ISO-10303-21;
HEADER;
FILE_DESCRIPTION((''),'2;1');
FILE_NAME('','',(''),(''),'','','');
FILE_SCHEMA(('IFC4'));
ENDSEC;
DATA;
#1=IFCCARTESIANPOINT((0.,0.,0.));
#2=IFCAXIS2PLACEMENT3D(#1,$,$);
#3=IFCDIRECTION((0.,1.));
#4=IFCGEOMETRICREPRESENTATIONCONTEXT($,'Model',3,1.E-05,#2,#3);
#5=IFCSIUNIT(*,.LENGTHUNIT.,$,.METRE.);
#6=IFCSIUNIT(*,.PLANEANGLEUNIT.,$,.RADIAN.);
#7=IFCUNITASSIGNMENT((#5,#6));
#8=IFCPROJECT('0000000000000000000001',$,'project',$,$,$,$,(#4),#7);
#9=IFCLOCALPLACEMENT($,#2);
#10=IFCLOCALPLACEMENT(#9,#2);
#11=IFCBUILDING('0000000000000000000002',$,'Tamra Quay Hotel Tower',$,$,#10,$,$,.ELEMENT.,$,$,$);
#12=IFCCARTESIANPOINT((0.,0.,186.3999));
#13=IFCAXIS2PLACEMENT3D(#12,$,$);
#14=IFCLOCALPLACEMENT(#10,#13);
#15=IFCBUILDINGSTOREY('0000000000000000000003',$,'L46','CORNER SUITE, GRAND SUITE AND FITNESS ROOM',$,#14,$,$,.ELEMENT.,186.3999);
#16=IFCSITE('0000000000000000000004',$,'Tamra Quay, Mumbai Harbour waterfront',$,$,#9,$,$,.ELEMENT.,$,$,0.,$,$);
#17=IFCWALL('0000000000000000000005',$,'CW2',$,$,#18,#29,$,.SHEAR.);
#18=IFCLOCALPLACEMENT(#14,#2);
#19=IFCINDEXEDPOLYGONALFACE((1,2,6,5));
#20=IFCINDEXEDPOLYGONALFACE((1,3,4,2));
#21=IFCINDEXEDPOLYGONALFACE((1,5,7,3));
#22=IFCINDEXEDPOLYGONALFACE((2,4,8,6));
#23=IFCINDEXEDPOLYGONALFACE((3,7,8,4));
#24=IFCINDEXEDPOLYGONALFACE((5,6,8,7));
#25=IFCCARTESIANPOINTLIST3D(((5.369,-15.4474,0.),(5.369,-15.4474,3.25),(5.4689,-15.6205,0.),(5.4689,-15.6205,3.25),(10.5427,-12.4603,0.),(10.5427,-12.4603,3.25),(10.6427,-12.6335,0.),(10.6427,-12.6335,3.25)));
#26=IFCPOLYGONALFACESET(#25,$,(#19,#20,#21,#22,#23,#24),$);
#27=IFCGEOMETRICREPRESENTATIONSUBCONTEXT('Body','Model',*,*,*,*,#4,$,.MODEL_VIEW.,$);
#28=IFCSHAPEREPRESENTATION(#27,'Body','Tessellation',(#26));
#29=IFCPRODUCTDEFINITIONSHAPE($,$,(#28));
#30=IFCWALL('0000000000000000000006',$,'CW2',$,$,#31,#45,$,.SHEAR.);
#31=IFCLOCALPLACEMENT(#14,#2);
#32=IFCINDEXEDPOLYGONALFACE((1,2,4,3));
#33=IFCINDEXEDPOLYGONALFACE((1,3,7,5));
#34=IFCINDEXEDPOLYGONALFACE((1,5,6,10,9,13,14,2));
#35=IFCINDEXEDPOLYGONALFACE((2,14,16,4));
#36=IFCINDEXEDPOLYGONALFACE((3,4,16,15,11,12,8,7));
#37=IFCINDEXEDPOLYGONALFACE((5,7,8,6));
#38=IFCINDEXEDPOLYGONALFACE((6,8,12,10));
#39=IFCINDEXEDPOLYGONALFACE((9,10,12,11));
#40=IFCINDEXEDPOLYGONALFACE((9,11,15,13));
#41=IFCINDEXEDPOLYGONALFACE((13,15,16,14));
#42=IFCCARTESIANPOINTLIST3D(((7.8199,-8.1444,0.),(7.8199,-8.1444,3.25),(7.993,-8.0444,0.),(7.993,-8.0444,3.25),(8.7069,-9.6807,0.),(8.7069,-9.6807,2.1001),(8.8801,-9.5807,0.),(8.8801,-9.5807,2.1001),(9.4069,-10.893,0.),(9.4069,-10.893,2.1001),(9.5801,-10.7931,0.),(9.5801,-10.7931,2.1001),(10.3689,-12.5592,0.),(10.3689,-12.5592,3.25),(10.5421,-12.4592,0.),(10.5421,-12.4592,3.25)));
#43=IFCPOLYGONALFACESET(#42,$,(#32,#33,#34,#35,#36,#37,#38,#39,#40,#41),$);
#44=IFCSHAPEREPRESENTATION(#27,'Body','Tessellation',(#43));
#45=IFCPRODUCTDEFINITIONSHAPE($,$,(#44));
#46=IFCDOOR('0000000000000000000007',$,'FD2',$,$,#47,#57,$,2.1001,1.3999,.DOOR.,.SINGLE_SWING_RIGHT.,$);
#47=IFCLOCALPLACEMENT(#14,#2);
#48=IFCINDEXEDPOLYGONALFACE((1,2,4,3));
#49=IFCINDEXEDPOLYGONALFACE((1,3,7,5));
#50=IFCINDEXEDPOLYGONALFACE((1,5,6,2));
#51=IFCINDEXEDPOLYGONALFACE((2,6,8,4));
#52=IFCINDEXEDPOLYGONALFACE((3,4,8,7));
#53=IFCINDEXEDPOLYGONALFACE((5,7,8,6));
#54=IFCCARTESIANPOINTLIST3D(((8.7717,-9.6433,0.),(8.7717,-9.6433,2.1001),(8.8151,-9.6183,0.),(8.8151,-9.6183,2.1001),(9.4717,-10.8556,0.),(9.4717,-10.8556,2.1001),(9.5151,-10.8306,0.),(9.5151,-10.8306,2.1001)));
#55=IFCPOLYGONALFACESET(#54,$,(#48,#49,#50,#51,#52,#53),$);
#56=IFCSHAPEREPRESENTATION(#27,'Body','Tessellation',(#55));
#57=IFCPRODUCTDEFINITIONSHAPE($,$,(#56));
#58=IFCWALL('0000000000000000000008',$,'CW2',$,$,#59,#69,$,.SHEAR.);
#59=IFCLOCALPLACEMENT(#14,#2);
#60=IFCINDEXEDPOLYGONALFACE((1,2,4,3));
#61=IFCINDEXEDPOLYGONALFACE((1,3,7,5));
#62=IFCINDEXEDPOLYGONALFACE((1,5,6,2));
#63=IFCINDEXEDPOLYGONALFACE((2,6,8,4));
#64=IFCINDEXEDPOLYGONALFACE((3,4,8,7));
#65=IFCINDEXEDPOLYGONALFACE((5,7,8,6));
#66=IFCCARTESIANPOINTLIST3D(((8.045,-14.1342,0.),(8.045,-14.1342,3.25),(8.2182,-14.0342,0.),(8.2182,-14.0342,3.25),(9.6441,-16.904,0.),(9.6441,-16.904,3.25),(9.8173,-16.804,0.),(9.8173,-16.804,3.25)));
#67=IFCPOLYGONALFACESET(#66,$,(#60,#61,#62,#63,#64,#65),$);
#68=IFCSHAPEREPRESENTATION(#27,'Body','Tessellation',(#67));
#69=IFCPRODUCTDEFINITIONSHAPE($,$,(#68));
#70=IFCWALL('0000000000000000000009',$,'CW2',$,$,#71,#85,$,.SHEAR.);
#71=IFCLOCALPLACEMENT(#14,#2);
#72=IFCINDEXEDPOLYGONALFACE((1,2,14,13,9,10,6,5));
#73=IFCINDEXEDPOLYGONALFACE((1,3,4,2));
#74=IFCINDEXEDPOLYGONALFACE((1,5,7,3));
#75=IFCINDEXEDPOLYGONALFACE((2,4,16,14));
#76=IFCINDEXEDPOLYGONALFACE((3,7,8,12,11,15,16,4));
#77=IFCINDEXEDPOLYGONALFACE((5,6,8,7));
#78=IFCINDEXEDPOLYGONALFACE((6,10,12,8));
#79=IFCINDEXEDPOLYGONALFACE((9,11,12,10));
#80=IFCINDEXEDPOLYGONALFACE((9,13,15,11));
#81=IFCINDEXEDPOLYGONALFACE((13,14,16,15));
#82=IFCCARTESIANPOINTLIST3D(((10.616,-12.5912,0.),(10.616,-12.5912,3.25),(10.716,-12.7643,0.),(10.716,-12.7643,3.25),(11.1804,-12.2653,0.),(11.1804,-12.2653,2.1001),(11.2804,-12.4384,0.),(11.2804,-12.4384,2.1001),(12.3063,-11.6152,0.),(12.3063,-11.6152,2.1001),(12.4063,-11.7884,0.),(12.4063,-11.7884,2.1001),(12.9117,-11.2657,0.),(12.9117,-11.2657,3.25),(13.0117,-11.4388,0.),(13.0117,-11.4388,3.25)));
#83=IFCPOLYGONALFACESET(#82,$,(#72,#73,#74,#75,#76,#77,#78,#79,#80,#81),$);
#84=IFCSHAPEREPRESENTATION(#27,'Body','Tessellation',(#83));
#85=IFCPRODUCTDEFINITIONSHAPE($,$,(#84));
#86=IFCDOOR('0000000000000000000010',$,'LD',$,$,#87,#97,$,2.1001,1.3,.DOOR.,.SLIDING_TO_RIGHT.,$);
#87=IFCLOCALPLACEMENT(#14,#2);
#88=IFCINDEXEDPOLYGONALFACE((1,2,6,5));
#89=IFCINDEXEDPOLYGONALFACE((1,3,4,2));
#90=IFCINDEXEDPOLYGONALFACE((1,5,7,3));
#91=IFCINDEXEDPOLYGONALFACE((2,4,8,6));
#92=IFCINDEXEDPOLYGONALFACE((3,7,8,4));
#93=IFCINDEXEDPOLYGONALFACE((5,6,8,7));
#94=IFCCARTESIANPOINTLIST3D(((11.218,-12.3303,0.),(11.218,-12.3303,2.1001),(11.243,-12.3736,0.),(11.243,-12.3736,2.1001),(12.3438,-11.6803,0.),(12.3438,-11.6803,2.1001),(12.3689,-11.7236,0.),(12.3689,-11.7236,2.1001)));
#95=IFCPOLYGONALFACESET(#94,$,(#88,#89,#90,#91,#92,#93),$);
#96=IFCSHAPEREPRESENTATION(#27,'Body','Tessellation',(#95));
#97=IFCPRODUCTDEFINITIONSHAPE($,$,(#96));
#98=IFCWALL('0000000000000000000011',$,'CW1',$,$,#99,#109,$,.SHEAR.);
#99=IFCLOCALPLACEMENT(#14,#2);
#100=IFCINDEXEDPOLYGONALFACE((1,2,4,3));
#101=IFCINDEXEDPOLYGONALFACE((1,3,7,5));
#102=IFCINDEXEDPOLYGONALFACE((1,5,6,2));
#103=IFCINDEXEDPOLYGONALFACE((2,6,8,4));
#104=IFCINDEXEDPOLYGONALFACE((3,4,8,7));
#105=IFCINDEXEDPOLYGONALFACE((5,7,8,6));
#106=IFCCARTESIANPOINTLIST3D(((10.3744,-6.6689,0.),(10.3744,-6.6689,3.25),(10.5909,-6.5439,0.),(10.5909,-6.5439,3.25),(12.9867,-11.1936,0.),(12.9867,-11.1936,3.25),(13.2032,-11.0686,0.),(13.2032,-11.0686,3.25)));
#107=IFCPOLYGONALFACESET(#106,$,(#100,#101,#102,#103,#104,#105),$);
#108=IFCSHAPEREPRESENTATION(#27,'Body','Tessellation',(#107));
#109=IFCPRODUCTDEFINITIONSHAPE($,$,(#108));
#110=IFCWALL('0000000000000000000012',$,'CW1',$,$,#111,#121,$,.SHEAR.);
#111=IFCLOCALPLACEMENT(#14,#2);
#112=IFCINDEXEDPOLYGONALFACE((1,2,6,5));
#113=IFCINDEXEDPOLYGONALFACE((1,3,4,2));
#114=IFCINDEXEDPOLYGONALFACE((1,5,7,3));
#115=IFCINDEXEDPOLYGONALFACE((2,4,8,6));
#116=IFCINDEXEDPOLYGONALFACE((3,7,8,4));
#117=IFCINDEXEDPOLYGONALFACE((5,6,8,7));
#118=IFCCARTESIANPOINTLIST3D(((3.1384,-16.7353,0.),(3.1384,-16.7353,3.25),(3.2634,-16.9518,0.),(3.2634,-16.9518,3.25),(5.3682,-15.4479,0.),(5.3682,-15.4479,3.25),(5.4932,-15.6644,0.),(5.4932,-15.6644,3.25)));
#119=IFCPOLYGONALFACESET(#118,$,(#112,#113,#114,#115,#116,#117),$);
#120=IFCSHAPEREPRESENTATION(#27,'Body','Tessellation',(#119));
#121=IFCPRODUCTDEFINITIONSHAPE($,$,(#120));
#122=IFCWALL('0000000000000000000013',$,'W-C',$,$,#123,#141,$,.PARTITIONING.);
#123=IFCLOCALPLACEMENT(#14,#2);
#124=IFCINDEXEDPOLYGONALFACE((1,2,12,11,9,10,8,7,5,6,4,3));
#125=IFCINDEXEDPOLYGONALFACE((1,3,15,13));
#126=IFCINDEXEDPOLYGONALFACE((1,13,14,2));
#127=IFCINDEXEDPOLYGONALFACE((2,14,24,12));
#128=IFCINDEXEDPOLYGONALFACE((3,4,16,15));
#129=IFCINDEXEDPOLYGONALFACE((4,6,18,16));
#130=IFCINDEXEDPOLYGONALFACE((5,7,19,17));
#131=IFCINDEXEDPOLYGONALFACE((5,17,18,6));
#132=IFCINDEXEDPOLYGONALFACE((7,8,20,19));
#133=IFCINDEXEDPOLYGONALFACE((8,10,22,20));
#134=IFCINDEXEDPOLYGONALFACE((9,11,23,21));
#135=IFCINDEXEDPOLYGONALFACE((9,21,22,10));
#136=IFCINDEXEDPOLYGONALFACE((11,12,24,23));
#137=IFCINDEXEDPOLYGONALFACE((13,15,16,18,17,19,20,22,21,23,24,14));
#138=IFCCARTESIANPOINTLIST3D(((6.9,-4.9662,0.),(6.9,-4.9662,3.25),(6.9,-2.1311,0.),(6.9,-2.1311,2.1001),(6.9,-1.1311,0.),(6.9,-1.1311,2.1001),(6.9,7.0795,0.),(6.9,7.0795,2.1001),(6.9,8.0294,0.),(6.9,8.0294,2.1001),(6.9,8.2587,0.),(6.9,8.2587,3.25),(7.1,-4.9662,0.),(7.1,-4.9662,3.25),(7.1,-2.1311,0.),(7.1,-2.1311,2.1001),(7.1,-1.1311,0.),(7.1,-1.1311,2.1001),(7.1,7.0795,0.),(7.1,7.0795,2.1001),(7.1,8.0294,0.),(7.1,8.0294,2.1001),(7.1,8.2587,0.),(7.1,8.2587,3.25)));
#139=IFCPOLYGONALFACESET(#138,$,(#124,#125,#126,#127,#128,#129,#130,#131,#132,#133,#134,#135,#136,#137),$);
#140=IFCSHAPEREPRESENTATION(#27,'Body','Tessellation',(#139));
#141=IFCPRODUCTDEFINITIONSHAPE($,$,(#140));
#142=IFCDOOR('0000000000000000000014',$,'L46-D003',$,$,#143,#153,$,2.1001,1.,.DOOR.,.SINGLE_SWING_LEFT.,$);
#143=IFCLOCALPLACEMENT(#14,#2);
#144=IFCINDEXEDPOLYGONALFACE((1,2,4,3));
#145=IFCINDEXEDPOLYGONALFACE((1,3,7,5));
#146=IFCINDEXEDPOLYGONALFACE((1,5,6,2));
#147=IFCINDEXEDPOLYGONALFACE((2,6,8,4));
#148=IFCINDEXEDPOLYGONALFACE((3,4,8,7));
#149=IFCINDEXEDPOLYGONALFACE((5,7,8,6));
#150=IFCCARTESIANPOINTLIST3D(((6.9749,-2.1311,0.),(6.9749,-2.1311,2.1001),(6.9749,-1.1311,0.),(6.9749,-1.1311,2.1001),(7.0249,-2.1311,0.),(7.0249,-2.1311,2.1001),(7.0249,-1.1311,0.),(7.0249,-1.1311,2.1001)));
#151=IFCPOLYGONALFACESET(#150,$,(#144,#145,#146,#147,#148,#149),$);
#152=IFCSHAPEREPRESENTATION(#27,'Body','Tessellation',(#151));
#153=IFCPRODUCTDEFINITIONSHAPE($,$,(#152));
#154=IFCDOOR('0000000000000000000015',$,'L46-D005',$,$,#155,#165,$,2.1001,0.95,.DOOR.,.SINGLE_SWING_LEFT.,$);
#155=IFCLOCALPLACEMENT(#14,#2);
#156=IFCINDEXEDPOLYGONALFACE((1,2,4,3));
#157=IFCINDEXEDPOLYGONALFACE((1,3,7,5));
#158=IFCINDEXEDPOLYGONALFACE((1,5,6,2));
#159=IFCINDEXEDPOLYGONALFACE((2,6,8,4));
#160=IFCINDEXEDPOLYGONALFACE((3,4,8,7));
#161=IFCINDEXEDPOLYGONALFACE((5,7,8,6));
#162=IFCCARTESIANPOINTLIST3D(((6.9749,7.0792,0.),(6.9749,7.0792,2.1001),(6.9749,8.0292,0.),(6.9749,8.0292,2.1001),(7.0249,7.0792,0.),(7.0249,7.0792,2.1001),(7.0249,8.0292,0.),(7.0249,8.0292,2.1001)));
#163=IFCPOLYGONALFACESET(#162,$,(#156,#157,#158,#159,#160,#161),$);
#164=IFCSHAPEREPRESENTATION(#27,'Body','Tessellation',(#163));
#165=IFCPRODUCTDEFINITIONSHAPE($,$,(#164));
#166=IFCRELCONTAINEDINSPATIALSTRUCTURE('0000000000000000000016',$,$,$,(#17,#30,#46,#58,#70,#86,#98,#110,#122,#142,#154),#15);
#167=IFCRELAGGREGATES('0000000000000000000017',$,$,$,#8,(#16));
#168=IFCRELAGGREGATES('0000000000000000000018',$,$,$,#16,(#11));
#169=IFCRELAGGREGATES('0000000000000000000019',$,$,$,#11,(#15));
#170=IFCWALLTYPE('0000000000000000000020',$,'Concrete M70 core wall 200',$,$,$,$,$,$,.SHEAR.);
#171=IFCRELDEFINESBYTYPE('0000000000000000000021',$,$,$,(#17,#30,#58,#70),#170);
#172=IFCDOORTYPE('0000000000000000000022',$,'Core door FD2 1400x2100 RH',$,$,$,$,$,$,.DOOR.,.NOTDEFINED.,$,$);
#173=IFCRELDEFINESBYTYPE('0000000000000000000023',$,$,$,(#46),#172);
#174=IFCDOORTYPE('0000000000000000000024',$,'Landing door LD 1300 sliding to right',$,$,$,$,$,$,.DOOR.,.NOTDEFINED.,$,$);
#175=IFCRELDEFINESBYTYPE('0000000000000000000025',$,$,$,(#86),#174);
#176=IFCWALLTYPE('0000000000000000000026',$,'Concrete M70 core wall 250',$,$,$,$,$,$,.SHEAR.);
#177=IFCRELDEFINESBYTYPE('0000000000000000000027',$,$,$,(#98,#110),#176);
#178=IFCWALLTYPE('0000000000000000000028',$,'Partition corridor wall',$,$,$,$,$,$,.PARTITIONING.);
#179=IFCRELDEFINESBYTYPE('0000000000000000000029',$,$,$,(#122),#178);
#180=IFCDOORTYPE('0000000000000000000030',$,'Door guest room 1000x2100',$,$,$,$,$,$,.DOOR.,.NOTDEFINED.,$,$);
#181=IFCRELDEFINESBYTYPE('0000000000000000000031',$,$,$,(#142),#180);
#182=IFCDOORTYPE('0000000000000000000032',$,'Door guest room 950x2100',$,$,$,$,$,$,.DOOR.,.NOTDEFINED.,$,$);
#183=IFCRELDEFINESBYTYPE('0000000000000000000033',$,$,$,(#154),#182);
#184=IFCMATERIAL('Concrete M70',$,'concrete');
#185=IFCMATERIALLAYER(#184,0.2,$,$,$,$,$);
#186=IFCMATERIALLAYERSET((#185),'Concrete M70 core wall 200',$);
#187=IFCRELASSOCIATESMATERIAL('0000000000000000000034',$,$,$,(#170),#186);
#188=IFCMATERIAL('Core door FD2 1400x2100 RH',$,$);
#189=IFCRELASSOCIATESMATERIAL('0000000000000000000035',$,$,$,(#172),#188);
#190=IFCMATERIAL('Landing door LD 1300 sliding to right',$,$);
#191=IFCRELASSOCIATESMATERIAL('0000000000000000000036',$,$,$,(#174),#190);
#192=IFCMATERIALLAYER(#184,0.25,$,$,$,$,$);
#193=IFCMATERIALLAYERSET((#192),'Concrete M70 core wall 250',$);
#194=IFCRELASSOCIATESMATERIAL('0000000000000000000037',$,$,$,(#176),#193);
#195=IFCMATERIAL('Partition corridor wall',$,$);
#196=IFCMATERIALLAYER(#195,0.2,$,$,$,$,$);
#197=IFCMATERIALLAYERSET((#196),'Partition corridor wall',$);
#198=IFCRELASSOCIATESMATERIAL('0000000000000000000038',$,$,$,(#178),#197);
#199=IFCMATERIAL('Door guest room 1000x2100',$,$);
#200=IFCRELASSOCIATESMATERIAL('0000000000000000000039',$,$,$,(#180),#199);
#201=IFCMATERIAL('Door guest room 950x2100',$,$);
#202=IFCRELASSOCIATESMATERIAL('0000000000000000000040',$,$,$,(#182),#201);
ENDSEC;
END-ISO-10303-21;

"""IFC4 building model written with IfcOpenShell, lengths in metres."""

from ifc_helpers import new_model, si_unit, direction, frame, frame_2d, origin, place, context, subcontext, project, spatial, rectangle, extrude, material, layer, layer_set, type_object, element, fill, save


model = new_model("IFC4")

# Units and contexts
model_context = context("Model", 3, precision=1e-05, world=origin(), true_north=direction((0.0, 1.0)))
body_context = subcontext(model_context, "Body", "Model", "MODEL_VIEW")
ifc_project = project(units=[si_unit("LENGTHUNIT", "METRE"), si_unit("PLANEANGLEUNIT", "RADIAN")], contexts=[model_context])

# Site, building, storey
site_placement = place(None, origin())
site = spatial("IfcSite", under=ifc_project, at=site_placement, Name="Tamra Quay, Mumbai Harbour waterfront", CompositionType="ELEMENT", RefElevation=0.0)
building_placement = place(site_placement, origin())
building = spatial("IfcBuilding", under=site, at=building_placement, Name="Tamra Quay Hotel Tower", CompositionType="ELEMENT")
storey_placement = place(building_placement, frame((0.0, 0.0, 186.3999)))
storey = spatial("IfcBuildingStorey", under=building, at=storey_placement, Name="L46", Description="CORNER SUITE, GRAND SUITE AND FITNESS ROOM", CompositionType="ELEMENT", Elevation=186.3999)

# Wall
ifc_material_1 = material(Name="Concrete M70", Category="concrete")
ifc_layer_1 = layer(ifc_material_1, 0.2)
ifc_layer_set_1 = layer_set([ifc_layer_1], Name="Concrete M70 core wall 200")
wall_type_1 = type_object("IfcWallType", Name="Concrete M70 core wall 200", PredefinedType="SHEAR", material=ifc_layer_set_1)
wall_1_placement = place(storey_placement, frame((5.4189, -15.5339, 0.0), z_axis=(0.0, 0.0, 1.0), x_axis=(0.866029, 0.499994, 0.0)))
element("IfcWall", 1, at=wall_1_placement, inside=storey, type_object=wall_type_1, Name="CW2", PredefinedType="SHEAR", context=body_context, shape_type="SweptSolid", body=[
    extrude(rectangle(XDim=5.9741, YDim=0.2, at=frame_2d((2.9871, 0.0))), origin(), (0.0, 0.0, 1.0), 3.25),
])

# Wall, opening, door
wall_2_placement = place(storey_placement, frame((7.9065, -8.0945, 0.0), z_axis=(0.0, 0.0, 1.0), x_axis=(0.500028, -0.866009, 0.0)))
wall_2 = element("IfcWall", 2, at=wall_2_placement, inside=storey, type_object=wall_type_1, Name="CW2", PredefinedType="SHEAR", context=body_context, shape_type="SweptSolid", body=[
    extrude(rectangle(XDim=5.0979, YDim=0.2, at=frame_2d((2.5488, 0.0))), origin(), (0.0, 0.0, 1.0), 3.25),
])
opening_1_placement = place(wall_2_placement, frame((1.7739, 0.0, 0.0)))
opening_1 = element("IfcOpeningElement", 3, at=opening_1_placement, cuts=wall_2, PredefinedType="OPENING", context=body_context, shape_type="SweptSolid", body=[
    extrude(rectangle(XDim=1.3999, YDim=2.1001, at=frame_2d((0.7, 1.05))), frame((0.0, 0.1099, 0.0), z_axis=(0.0, -1.0, 0.0), x_axis=(1.0, 0.0, 0.0)), (0.0, 0.0, 1.0), 0.22),
])
ifc_material_2 = material(Name="Core door FD2 1400x2100 RH")
door_type_1 = type_object("IfcDoorType", Name="Core door FD2 1400x2100 RH", OperationType="NOTDEFINED", PredefinedType="DOOR", material=ifc_material_2)
door_1_placement = place(opening_1_placement, origin())
door_1 = element("IfcDoor", 4, at=door_1_placement, inside=storey, type_object=door_type_1, Name="FD2", OperationType="SINGLE_SWING_RIGHT", OverallHeight=2.1001, OverallWidth=1.3999, PredefinedType="DOOR", context=body_context, shape_type="SweptSolid", body=[
    extrude(rectangle(XDim=1.3999, YDim=2.1001, at=frame_2d((0.7, 1.05))), frame((0.0, 0.0249, 0.0), z_axis=(0.0, -1.0, 0.0), x_axis=(1.0, 0.0, 0.0)), (0.0, 0.0, 1.0), 0.05),
])
fill(opening_1, door_1)

# Wall
wall_3_placement = place(storey_placement, frame((8.1316, -14.0842, 0.0), z_axis=(0.0, 0.0, 1.0), x_axis=(0.499998, -0.866027, 0.0)))
element("IfcWall", 5, at=wall_3_placement, inside=storey, type_object=wall_type_1, Name="CW2", PredefinedType="SHEAR", context=body_context, shape_type="SweptSolid", body=[
    extrude(rectangle(XDim=3.1982, YDim=0.2, at=frame_2d((1.5991, 0.0))), origin(), (0.0, 0.0, 1.0), 3.25),
])

# Wall, opening, door
wall_4_placement = place(storey_placement, frame((10.666, -12.6777, 0.0), z_axis=(0.0, 0.0, 1.0), x_axis=(0.866018, 0.500012, 0.0)))
wall_4 = element("IfcWall", 6, at=wall_4_placement, inside=storey, type_object=wall_type_1, Name="CW2", PredefinedType="SHEAR", context=body_context, shape_type="SweptSolid", body=[
    extrude(rectangle(XDim=2.6509, YDim=0.2, at=frame_2d((1.3254, 0.0))), origin(), (0.0, 0.0, 1.0), 3.25),
])
opening_2_placement = place(wall_4_placement, frame((0.6519, 0.0, 0.0)))
opening_2 = element("IfcOpeningElement", 7, at=opening_2_placement, cuts=wall_4, PredefinedType="OPENING", context=body_context, shape_type="SweptSolid", body=[
    extrude(rectangle(XDim=1.3, YDim=2.1001, at=frame_2d((0.6499, 1.05))), frame((0.0, 0.1099, 0.0), z_axis=(0.0, -1.0, 0.0), x_axis=(1.0, 0.0, 0.0)), (0.0, 0.0, 1.0), 0.22),
])
ifc_material_3 = material(Name="Landing door LD 1300 sliding to right")
door_type_2 = type_object("IfcDoorType", Name="Landing door LD 1300 sliding to right", OperationType="NOTDEFINED", PredefinedType="DOOR", material=ifc_material_3)
door_2_placement = place(opening_2_placement, origin())
door_2 = element("IfcDoor", 8, at=door_2_placement, inside=storey, type_object=door_type_2, Name="LD", OperationType="SLIDING_TO_RIGHT", OverallHeight=2.1001, OverallWidth=1.3, PredefinedType="DOOR", context=body_context, shape_type="SweptSolid", body=[
    extrude(rectangle(XDim=1.3, YDim=2.1001, at=frame_2d((0.6499, 1.05))), frame((0.0, 0.0249, 0.0), z_axis=(0.0, -1.0, 0.0), x_axis=(1.0, 0.0, 0.0)), (0.0, 0.0, 1.0), 0.05),
])
fill(opening_2, door_2)

# Walls
ifc_layer_2 = layer(ifc_material_1, 0.25)
ifc_layer_set_2 = layer_set([ifc_layer_2], Name="Concrete M70 core wall 250")
wall_type_2 = type_object("IfcWallType", Name="Concrete M70 core wall 250", PredefinedType="SHEAR", material=ifc_layer_set_2)
wall_5_placement = place(storey_placement, frame((10.4827, -6.6064, 0.0), z_axis=(0.0, 0.0, 1.0), x_axis=(0.499999, -0.866026, 0.0)))
element("IfcWall", 9, at=wall_5_placement, inside=storey, type_object=wall_type_2, Name="CW1", PredefinedType="SHEAR", context=body_context, shape_type="SweptSolid", body=[
    extrude(rectangle(XDim=5.2246, YDim=0.25, at=frame_2d((2.6123, 0.0))), origin(), (0.0, 0.0, 1.0), 3.25),
])
wall_6_placement = place(storey_placement, frame((5.4307, -15.5562, 0.0), z_axis=(0.0, 0.0, 1.0), x_axis=(-0.866023, -0.500004, 0.0)))
element("IfcWall", 10, at=wall_6_placement, inside=storey, type_object=wall_type_2, Name="CW1", PredefinedType="SHEAR", context=body_context, shape_type="SweptSolid", body=[
    extrude(rectangle(XDim=2.5747, YDim=0.25, at=frame_2d((1.2874, 0.0))), origin(), (0.0, 0.0, 1.0), 3.25),
])

# Wall, openings, doors
ifc_material_4 = material(Name="Partition corridor wall")
ifc_layer_3 = layer(ifc_material_4, 0.2)
ifc_layer_set_3 = layer_set([ifc_layer_3], Name="Partition corridor wall")
wall_type_3 = type_object("IfcWallType", Name="Partition corridor wall", PredefinedType="PARTITIONING", material=ifc_layer_set_3)
wall_7_placement = place(storey_placement, frame((7.0, -4.9661, 0.0), z_axis=(0.0, 0.0, 1.0), x_axis=(0.0, 1.0, 0.0)))
wall_7 = element("IfcWall", 11, at=wall_7_placement, inside=storey, type_object=wall_type_3, Name="W-C", PredefinedType="PARTITIONING", context=body_context, shape_type="SweptSolid", body=[
    extrude(rectangle(XDim=13.2249, YDim=0.2, at=frame_2d((6.6123, 0.0))), origin(), (0.0, 0.0, 1.0), 3.25),
])
opening_3_placement = place(wall_7_placement, frame((2.835, 0.0, 0.0)))
opening_3 = element("IfcOpeningElement", 12, at=opening_3_placement, cuts=wall_7, PredefinedType="OPENING", context=body_context, shape_type="SweptSolid", body=[
    extrude(rectangle(XDim=1.0, YDim=2.1001, at=frame_2d((0.5, 1.05))), frame((0.0, 0.1099, 0.0), z_axis=(0.0, -1.0, 0.0), x_axis=(1.0, 0.0, 0.0)), (0.0, 0.0, 1.0), 0.22),
])
opening_4_placement = place(wall_7_placement, frame((12.0454, 0.0, 0.0)))
opening_4 = element("IfcOpeningElement", 13, at=opening_4_placement, cuts=wall_7, PredefinedType="OPENING", context=body_context, shape_type="SweptSolid", body=[
    extrude(rectangle(XDim=0.95, YDim=2.1001, at=frame_2d((0.4751, 1.05))), frame((0.0, 0.1099, 0.0), z_axis=(0.0, -1.0, 0.0), x_axis=(1.0, 0.0, 0.0)), (0.0, 0.0, 1.0), 0.22),
])
ifc_material_5 = material(Name="Door guest room 1000x2100")
door_type_3 = type_object("IfcDoorType", Name="Door guest room 1000x2100", OperationType="NOTDEFINED", PredefinedType="DOOR", material=ifc_material_5)
door_3_placement = place(opening_3_placement, frame((1.0, 0.0, 0.0), z_axis=(0.0, 0.0, 1.0), x_axis=(-1.0, 0.0, 0.0)))
door_3 = element("IfcDoor", 14, at=door_3_placement, inside=storey, type_object=door_type_3, Name="L46-D003", OperationType="SINGLE_SWING_LEFT", OverallHeight=2.1001, OverallWidth=1.0, PredefinedType="DOOR", context=body_context, shape_type="SweptSolid", body=[
    extrude(rectangle(XDim=1.0, YDim=2.1001, at=frame_2d((0.5, 1.05))), frame((0.0, 0.0249, 0.0), z_axis=(0.0, -1.0, 0.0), x_axis=(1.0, 0.0, 0.0)), (0.0, 0.0, 1.0), 0.05),
])
fill(opening_3, door_3)
ifc_material_6 = material(Name="Door guest room 950x2100")
door_type_4 = type_object("IfcDoorType", Name="Door guest room 950x2100", OperationType="NOTDEFINED", PredefinedType="DOOR", material=ifc_material_6)
door_4_placement = place(opening_4_placement, frame((0.95, 0.0, 0.0), z_axis=(0.0, 0.0, 1.0), x_axis=(-1.0, 0.0, 0.0)))
door_4 = element("IfcDoor", 15, at=door_4_placement, inside=storey, type_object=door_type_4, Name="L46-D005", OperationType="SINGLE_SWING_LEFT", OverallHeight=2.1001, OverallWidth=0.95, PredefinedType="DOOR", context=body_context, shape_type="SweptSolid", body=[
    extrude(rectangle(XDim=0.95, YDim=2.1001, at=frame_2d((0.4751, 1.05))), frame((0.0, 0.0249, 0.0), z_axis=(0.0, -1.0, 0.0), x_axis=(1.0, 0.0, 0.0)), (0.0, 0.0, 1.0), 0.05),
])
fill(opening_4, door_4)

save(model, "model.ifc")
